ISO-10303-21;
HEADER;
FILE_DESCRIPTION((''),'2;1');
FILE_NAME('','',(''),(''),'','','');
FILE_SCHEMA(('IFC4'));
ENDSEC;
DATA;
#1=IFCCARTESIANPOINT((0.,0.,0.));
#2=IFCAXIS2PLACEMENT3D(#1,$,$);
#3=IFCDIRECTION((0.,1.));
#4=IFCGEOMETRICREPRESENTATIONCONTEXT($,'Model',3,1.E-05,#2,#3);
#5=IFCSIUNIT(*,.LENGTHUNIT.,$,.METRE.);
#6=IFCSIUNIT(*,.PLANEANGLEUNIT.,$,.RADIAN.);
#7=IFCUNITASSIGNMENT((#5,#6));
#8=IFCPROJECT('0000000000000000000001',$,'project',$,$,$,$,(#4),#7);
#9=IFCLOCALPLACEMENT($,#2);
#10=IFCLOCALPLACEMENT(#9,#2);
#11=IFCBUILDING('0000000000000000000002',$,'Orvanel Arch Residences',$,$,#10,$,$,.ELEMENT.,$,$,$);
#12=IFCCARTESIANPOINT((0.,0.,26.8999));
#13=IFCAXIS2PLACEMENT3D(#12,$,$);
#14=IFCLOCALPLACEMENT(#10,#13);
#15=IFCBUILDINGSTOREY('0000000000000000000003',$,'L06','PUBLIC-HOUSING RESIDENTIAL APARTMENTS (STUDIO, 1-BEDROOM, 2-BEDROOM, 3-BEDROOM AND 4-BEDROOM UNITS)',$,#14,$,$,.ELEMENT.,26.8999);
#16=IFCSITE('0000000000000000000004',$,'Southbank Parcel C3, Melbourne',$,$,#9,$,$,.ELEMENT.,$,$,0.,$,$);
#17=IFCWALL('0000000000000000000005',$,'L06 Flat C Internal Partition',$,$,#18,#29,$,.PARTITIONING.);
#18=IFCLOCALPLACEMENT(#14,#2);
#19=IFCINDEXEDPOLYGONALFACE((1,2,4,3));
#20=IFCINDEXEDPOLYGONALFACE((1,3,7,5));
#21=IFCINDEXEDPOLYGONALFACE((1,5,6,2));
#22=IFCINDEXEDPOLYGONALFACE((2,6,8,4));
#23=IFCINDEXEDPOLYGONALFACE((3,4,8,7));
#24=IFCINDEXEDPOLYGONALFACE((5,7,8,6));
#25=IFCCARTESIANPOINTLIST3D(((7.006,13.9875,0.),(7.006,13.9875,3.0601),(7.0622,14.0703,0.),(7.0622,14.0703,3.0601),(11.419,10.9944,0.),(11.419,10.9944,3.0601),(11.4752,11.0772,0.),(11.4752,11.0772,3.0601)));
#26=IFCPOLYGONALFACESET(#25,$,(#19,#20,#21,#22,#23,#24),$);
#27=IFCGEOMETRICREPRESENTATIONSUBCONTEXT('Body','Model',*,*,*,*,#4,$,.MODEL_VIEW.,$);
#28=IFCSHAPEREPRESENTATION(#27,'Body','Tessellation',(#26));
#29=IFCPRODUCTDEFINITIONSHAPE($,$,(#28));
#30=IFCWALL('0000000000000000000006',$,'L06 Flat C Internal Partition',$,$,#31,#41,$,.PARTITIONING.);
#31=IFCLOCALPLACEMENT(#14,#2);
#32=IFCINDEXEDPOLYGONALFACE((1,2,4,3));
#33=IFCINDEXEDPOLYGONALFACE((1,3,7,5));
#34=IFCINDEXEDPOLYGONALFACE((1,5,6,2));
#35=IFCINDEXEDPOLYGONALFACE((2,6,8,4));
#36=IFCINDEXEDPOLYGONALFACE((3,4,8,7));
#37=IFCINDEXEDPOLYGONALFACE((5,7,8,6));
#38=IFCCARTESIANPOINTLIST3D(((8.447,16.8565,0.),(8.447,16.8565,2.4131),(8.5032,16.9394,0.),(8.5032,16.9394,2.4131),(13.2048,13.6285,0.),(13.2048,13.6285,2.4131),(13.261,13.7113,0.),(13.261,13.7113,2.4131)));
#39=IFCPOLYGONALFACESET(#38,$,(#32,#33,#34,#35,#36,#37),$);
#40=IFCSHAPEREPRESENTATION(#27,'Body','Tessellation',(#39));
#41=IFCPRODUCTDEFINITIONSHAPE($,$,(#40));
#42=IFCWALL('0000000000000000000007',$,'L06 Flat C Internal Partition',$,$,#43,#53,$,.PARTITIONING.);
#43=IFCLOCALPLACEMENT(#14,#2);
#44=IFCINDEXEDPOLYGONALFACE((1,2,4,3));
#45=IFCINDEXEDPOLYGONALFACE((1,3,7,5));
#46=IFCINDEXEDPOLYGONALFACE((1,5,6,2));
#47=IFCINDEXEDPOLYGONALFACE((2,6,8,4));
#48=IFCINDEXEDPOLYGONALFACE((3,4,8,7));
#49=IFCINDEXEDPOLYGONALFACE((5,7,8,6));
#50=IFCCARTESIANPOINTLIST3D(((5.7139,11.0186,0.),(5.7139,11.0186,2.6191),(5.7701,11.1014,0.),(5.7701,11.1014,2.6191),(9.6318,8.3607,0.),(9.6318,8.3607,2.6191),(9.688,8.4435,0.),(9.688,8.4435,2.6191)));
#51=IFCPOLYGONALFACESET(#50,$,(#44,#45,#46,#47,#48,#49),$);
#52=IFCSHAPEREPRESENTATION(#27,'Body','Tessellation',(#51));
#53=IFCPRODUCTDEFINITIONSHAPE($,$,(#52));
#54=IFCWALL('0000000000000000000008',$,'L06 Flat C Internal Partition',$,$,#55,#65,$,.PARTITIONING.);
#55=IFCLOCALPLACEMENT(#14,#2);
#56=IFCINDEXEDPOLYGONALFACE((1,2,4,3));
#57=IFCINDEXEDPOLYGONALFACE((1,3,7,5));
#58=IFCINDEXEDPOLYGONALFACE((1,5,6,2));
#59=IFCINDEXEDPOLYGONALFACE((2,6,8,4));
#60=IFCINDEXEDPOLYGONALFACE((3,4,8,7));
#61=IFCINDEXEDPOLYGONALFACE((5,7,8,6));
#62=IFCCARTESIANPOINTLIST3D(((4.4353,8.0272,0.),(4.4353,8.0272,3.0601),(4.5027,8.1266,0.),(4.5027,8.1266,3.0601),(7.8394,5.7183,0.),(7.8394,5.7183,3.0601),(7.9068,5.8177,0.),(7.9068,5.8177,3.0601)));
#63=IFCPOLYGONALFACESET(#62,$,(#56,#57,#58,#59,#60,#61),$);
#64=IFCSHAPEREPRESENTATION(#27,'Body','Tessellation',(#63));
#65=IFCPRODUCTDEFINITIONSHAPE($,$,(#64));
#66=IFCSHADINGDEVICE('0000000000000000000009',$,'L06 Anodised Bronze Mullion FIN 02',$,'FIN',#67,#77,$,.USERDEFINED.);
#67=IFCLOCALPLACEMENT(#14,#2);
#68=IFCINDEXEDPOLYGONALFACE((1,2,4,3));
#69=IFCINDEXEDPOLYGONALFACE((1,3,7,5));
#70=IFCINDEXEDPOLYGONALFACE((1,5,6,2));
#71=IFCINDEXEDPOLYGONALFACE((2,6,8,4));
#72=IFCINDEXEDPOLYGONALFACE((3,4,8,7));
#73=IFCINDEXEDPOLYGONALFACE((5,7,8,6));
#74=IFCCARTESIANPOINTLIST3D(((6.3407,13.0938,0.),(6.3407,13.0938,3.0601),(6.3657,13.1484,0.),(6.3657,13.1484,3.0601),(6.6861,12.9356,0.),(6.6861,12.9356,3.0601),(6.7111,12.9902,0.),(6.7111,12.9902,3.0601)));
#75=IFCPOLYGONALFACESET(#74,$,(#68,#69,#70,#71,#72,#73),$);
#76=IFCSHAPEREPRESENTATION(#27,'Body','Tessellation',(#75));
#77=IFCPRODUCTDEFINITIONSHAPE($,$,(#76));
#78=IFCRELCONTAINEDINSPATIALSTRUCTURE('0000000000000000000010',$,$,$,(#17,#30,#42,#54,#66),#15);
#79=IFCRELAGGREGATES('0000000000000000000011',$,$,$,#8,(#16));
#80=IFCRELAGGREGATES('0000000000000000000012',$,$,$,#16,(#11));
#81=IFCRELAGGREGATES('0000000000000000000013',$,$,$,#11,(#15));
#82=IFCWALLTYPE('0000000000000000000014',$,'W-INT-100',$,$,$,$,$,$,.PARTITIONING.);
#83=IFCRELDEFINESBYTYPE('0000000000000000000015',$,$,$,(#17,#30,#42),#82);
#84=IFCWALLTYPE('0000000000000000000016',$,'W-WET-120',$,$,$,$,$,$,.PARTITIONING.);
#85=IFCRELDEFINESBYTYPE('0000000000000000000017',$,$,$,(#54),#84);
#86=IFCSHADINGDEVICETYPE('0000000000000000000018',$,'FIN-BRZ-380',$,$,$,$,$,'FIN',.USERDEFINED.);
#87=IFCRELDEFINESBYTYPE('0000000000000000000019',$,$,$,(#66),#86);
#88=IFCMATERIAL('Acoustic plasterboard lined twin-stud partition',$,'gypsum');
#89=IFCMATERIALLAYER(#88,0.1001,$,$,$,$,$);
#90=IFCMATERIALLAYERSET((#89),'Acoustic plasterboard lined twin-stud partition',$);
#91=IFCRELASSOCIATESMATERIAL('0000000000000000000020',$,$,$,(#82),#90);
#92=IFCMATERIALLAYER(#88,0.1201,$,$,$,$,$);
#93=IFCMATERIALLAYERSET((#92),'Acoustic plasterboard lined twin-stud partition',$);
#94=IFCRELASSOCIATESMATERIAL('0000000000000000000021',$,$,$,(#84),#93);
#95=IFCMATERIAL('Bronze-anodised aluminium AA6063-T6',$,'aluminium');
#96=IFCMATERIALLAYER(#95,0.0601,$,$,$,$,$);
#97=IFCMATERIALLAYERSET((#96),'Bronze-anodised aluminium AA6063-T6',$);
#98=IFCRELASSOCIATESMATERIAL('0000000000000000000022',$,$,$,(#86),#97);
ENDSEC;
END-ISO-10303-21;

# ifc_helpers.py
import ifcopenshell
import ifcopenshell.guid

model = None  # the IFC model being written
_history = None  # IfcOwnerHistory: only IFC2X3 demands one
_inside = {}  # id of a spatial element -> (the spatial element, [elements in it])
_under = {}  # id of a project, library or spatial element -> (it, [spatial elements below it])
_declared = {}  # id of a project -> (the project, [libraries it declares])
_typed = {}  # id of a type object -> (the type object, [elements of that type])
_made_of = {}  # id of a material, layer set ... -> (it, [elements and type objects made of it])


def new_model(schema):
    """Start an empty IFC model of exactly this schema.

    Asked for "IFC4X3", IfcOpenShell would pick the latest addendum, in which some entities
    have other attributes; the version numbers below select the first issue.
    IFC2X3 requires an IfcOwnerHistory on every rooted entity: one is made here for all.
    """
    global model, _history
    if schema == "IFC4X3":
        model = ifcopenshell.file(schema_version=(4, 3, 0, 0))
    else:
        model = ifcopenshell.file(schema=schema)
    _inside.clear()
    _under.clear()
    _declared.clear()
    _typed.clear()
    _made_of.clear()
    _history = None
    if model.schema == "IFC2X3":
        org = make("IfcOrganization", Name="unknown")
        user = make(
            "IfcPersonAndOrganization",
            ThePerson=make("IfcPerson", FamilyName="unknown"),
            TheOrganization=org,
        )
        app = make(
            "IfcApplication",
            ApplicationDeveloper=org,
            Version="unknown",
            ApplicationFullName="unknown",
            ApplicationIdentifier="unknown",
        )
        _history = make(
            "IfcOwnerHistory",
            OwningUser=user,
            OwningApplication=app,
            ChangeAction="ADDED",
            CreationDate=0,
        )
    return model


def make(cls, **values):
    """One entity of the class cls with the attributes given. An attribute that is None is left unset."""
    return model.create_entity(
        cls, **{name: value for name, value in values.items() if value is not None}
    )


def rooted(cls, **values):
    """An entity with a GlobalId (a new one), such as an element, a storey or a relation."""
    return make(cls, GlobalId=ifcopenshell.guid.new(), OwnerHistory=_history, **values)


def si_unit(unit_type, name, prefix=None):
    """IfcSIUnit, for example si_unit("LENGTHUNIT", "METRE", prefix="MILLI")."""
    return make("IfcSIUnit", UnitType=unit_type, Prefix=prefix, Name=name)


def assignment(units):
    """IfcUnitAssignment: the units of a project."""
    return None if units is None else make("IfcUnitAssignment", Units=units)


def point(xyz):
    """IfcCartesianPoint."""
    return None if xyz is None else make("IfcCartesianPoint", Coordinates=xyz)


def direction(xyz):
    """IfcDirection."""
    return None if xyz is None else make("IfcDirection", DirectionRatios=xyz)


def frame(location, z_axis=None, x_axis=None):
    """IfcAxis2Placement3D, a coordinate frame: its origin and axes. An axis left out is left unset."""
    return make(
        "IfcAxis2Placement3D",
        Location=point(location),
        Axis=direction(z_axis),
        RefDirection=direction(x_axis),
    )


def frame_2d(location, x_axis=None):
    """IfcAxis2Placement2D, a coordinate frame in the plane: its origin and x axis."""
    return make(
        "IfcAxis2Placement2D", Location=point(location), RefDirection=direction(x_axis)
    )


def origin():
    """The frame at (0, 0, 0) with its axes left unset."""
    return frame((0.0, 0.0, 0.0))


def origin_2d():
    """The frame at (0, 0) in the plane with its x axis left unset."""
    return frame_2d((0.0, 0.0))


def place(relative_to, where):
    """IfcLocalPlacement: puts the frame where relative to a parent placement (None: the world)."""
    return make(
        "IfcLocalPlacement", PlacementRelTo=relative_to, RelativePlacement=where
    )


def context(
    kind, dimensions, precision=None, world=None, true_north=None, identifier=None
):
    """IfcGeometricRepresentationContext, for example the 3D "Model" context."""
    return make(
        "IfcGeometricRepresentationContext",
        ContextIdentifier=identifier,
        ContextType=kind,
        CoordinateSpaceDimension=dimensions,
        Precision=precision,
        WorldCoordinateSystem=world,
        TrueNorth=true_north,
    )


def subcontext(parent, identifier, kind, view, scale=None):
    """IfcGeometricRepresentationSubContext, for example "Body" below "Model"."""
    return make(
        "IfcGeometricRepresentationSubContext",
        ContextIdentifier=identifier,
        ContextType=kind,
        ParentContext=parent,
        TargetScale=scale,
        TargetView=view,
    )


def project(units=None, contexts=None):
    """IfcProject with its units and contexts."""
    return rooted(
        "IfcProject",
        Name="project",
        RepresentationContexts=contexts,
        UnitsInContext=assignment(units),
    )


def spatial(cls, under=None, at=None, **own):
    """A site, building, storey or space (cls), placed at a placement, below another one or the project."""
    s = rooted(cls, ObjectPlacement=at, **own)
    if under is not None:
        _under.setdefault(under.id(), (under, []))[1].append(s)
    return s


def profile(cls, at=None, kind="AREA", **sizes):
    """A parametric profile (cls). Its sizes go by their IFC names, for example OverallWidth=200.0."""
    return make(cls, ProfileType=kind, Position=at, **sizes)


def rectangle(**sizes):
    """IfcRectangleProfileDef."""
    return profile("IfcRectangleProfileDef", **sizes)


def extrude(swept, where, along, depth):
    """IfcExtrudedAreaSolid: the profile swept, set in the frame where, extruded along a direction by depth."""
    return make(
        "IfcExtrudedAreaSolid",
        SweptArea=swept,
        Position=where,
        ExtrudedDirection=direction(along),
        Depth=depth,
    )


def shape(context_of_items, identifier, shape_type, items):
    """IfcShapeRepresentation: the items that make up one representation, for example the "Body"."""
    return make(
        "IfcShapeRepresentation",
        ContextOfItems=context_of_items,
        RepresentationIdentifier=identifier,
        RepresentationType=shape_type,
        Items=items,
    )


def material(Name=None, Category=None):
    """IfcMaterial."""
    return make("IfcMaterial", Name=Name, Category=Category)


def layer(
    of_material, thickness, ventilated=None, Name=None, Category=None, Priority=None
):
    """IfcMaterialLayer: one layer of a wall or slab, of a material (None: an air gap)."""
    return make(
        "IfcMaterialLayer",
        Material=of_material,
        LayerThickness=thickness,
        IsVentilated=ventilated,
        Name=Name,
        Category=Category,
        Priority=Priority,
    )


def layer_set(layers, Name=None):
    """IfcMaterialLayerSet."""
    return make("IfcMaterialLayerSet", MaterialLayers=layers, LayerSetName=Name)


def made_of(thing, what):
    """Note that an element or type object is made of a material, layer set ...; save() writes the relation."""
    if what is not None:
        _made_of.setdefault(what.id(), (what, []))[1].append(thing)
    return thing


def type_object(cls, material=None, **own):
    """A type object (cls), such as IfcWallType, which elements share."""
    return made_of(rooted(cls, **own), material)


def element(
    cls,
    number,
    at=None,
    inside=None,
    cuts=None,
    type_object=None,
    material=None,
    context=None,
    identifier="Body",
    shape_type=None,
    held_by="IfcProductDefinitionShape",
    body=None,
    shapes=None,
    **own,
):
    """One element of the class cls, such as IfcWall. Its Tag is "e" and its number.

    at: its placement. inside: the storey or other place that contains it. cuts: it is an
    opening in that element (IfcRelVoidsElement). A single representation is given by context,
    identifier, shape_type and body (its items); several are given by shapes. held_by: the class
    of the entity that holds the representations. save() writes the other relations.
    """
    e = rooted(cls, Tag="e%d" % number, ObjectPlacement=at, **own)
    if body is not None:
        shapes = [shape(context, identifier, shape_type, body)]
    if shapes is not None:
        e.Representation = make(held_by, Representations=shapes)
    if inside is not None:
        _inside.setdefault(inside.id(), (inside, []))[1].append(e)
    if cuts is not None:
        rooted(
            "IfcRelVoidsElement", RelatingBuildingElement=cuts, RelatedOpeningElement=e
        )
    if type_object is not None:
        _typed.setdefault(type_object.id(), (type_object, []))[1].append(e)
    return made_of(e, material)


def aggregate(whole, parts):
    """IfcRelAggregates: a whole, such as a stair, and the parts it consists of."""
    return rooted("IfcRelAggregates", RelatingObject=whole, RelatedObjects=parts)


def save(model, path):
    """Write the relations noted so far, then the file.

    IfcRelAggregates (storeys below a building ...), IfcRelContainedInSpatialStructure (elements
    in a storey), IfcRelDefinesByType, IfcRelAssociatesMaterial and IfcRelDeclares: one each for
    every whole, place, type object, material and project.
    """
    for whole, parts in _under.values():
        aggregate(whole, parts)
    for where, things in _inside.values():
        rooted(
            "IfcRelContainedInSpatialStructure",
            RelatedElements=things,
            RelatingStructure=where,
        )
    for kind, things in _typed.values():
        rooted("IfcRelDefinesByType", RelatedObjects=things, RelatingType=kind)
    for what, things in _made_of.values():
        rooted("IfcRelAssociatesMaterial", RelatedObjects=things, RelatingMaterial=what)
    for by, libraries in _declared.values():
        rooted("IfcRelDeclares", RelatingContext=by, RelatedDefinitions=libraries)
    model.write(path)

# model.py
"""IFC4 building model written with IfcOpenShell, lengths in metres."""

from ifc_helpers import new_model, si_unit, direction, frame, frame_2d, origin, origin_2d, place, context, subcontext, project, spatial, rectangle, extrude, material, layer, layer_set, type_object, element, save


model = new_model("IFC4")

# Units and contexts
model_context = context("Model", 3, precision=1e-05, world=origin(), true_north=direction((0.0, 1.0)))
body_context = subcontext(model_context, "Body", "Model", "MODEL_VIEW")
ifc_project = project(units=[si_unit("LENGTHUNIT", "METRE"), si_unit("PLANEANGLEUNIT", "RADIAN")], contexts=[model_context])

# Site, building, storey
site_placement = place(None, origin())
site = spatial("IfcSite", under=ifc_project, at=site_placement, Name="Southbank Parcel C3, Melbourne", CompositionType="ELEMENT", RefElevation=0.0)
building_placement = place(site_placement, origin())
building = spatial("IfcBuilding", under=site, at=building_placement, Name="Orvanel Arch Residences", CompositionType="ELEMENT")
storey_placement = place(building_placement, frame((0.0, 0.0, 26.8999)))
storey = spatial("IfcBuildingStorey", under=building, at=storey_placement, Name="L06", Description="PUBLIC-HOUSING RESIDENTIAL APARTMENTS (STUDIO, 1-BEDROOM, 2-BEDROOM, 3-BEDROOM AND 4-BEDROOM UNITS)", CompositionType="ELEMENT", Elevation=26.8999)

# Shared definitions
ifc_material_1 = material(Name="Bronze-anodised aluminium AA6063-T6", Category="aluminium")

# Shared definitions
ifc_material_2 = material(Name="Acoustic plasterboard lined twin-stud partition", Category="gypsum")
ifc_layer_1 = layer(ifc_material_2, 0.1001)
ifc_layer_set_1 = layer_set([ifc_layer_1], Name="Acoustic plasterboard lined twin-stud partition")
wall_type_1 = type_object("IfcWallType", Name="W-INT-100", PredefinedType="PARTITIONING", material=ifc_layer_set_1)

# Walls
wall_1_placement = place(storey_placement, frame((11.447, 11.0359, 0.0), z_axis=(0.0, 0.0, 1.0), x_axis=(-0.8276, 0.561318, 0.0)))
element("IfcWall", 1, at=wall_1_placement, inside=storey, type_object=wall_type_1, Name="L06 Flat C Internal Partition", PredefinedType="PARTITIONING", context=body_context, shape_type="SweptSolid", body=[
    extrude(rectangle(XDim=5.3323, YDim=0.1001, at=frame_2d((2.666, 0.0))), origin(), (0.0, 0.0, 1.0), 3.0601),
])
wall_2_placement = place(storey_placement, frame((8.4751, 16.8979, 0.0), z_axis=(0.0, 0.0, 1.0), x_axis=(0.827515, -0.561443, 0.0)))
element("IfcWall", 2, at=wall_2_placement, inside=storey, type_object=wall_type_1, Name="L06 Flat C Internal Partition", PredefinedType="PARTITIONING", context=body_context, shape_type="SweptSolid", body=[
    extrude(rectangle(XDim=5.7495, YDim=0.1001, at=frame_2d((2.8748, 0.0))), origin(), (0.0, 0.0, 1.0), 2.4131),
])
wall_3_placement = place(storey_placement, frame((9.6599, 8.4021, 0.0), z_axis=(0.0, 0.0, 1.0), x_axis=(-0.827541, 0.561406, 0.0)))
element("IfcWall", 3, at=wall_3_placement, inside=storey, type_object=wall_type_1, Name="L06 Flat C Internal Partition", PredefinedType="PARTITIONING", context=body_context, shape_type="SweptSolid", body=[
    extrude(rectangle(XDim=4.7344, YDim=0.1001, at=frame_2d((2.3672, 0.0))), origin(), (0.0, 0.0, 1.0), 2.6191),
])
ifc_layer_2 = layer(ifc_material_2, 0.1201)
ifc_layer_set_2 = layer_set([ifc_layer_2], Name="Acoustic plasterboard lined twin-stud partition")
wall_type_2 = type_object("IfcWallType", Name="W-WET-120", PredefinedType="PARTITIONING", material=ifc_layer_set_2)
wall_4_placement = place(storey_placement, frame((4.469, 8.0769, 0.0), z_axis=(0.0, 0.0, 1.0), x_axis=(0.827595, -0.561326, 0.0)))
element("IfcWall", 4, at=wall_4_placement, inside=storey, type_object=wall_type_2, Name="L06 Flat C Internal Partition", PredefinedType="PARTITIONING", context=body_context, shape_type="SweptSolid", body=[
    extrude(rectangle(XDim=4.1133, YDim=0.1201, at=frame_2d((2.0566, 0.0))), origin(), (0.0, 0.0, 1.0), 3.0601),
])

# Shading device
ifc_layer_3 = layer(ifc_material_1, 0.0601)
ifc_layer_set_3 = layer_set([ifc_layer_3], Name="Bronze-anodised aluminium AA6063-T6")
shading_device_type = type_object("IfcShadingDeviceType", Name="FIN-BRZ-380", ElementType="FIN", PredefinedType="USERDEFINED", material=ifc_layer_set_3)
shading_device_placement = place(storey_placement, frame((6.5259, 13.042, 0.0), z_axis=(0.0, 0.0, 1.0), x_axis=(-0.909236, 0.416281, 0.0)))
element("IfcShadingDevice", 5, at=shading_device_placement, inside=storey, type_object=shading_device_type, Name="L06 Anodised Bronze Mullion FIN 02", ObjectType="FIN", PredefinedType="USERDEFINED", context=body_context, shape_type="SweptSolid", body=[
    extrude(rectangle(XDim=0.3799, YDim=0.0601, at=origin_2d()), origin(), (0.0, 0.0, 1.0), 3.0601),
])

save(model, "model.ifc")
